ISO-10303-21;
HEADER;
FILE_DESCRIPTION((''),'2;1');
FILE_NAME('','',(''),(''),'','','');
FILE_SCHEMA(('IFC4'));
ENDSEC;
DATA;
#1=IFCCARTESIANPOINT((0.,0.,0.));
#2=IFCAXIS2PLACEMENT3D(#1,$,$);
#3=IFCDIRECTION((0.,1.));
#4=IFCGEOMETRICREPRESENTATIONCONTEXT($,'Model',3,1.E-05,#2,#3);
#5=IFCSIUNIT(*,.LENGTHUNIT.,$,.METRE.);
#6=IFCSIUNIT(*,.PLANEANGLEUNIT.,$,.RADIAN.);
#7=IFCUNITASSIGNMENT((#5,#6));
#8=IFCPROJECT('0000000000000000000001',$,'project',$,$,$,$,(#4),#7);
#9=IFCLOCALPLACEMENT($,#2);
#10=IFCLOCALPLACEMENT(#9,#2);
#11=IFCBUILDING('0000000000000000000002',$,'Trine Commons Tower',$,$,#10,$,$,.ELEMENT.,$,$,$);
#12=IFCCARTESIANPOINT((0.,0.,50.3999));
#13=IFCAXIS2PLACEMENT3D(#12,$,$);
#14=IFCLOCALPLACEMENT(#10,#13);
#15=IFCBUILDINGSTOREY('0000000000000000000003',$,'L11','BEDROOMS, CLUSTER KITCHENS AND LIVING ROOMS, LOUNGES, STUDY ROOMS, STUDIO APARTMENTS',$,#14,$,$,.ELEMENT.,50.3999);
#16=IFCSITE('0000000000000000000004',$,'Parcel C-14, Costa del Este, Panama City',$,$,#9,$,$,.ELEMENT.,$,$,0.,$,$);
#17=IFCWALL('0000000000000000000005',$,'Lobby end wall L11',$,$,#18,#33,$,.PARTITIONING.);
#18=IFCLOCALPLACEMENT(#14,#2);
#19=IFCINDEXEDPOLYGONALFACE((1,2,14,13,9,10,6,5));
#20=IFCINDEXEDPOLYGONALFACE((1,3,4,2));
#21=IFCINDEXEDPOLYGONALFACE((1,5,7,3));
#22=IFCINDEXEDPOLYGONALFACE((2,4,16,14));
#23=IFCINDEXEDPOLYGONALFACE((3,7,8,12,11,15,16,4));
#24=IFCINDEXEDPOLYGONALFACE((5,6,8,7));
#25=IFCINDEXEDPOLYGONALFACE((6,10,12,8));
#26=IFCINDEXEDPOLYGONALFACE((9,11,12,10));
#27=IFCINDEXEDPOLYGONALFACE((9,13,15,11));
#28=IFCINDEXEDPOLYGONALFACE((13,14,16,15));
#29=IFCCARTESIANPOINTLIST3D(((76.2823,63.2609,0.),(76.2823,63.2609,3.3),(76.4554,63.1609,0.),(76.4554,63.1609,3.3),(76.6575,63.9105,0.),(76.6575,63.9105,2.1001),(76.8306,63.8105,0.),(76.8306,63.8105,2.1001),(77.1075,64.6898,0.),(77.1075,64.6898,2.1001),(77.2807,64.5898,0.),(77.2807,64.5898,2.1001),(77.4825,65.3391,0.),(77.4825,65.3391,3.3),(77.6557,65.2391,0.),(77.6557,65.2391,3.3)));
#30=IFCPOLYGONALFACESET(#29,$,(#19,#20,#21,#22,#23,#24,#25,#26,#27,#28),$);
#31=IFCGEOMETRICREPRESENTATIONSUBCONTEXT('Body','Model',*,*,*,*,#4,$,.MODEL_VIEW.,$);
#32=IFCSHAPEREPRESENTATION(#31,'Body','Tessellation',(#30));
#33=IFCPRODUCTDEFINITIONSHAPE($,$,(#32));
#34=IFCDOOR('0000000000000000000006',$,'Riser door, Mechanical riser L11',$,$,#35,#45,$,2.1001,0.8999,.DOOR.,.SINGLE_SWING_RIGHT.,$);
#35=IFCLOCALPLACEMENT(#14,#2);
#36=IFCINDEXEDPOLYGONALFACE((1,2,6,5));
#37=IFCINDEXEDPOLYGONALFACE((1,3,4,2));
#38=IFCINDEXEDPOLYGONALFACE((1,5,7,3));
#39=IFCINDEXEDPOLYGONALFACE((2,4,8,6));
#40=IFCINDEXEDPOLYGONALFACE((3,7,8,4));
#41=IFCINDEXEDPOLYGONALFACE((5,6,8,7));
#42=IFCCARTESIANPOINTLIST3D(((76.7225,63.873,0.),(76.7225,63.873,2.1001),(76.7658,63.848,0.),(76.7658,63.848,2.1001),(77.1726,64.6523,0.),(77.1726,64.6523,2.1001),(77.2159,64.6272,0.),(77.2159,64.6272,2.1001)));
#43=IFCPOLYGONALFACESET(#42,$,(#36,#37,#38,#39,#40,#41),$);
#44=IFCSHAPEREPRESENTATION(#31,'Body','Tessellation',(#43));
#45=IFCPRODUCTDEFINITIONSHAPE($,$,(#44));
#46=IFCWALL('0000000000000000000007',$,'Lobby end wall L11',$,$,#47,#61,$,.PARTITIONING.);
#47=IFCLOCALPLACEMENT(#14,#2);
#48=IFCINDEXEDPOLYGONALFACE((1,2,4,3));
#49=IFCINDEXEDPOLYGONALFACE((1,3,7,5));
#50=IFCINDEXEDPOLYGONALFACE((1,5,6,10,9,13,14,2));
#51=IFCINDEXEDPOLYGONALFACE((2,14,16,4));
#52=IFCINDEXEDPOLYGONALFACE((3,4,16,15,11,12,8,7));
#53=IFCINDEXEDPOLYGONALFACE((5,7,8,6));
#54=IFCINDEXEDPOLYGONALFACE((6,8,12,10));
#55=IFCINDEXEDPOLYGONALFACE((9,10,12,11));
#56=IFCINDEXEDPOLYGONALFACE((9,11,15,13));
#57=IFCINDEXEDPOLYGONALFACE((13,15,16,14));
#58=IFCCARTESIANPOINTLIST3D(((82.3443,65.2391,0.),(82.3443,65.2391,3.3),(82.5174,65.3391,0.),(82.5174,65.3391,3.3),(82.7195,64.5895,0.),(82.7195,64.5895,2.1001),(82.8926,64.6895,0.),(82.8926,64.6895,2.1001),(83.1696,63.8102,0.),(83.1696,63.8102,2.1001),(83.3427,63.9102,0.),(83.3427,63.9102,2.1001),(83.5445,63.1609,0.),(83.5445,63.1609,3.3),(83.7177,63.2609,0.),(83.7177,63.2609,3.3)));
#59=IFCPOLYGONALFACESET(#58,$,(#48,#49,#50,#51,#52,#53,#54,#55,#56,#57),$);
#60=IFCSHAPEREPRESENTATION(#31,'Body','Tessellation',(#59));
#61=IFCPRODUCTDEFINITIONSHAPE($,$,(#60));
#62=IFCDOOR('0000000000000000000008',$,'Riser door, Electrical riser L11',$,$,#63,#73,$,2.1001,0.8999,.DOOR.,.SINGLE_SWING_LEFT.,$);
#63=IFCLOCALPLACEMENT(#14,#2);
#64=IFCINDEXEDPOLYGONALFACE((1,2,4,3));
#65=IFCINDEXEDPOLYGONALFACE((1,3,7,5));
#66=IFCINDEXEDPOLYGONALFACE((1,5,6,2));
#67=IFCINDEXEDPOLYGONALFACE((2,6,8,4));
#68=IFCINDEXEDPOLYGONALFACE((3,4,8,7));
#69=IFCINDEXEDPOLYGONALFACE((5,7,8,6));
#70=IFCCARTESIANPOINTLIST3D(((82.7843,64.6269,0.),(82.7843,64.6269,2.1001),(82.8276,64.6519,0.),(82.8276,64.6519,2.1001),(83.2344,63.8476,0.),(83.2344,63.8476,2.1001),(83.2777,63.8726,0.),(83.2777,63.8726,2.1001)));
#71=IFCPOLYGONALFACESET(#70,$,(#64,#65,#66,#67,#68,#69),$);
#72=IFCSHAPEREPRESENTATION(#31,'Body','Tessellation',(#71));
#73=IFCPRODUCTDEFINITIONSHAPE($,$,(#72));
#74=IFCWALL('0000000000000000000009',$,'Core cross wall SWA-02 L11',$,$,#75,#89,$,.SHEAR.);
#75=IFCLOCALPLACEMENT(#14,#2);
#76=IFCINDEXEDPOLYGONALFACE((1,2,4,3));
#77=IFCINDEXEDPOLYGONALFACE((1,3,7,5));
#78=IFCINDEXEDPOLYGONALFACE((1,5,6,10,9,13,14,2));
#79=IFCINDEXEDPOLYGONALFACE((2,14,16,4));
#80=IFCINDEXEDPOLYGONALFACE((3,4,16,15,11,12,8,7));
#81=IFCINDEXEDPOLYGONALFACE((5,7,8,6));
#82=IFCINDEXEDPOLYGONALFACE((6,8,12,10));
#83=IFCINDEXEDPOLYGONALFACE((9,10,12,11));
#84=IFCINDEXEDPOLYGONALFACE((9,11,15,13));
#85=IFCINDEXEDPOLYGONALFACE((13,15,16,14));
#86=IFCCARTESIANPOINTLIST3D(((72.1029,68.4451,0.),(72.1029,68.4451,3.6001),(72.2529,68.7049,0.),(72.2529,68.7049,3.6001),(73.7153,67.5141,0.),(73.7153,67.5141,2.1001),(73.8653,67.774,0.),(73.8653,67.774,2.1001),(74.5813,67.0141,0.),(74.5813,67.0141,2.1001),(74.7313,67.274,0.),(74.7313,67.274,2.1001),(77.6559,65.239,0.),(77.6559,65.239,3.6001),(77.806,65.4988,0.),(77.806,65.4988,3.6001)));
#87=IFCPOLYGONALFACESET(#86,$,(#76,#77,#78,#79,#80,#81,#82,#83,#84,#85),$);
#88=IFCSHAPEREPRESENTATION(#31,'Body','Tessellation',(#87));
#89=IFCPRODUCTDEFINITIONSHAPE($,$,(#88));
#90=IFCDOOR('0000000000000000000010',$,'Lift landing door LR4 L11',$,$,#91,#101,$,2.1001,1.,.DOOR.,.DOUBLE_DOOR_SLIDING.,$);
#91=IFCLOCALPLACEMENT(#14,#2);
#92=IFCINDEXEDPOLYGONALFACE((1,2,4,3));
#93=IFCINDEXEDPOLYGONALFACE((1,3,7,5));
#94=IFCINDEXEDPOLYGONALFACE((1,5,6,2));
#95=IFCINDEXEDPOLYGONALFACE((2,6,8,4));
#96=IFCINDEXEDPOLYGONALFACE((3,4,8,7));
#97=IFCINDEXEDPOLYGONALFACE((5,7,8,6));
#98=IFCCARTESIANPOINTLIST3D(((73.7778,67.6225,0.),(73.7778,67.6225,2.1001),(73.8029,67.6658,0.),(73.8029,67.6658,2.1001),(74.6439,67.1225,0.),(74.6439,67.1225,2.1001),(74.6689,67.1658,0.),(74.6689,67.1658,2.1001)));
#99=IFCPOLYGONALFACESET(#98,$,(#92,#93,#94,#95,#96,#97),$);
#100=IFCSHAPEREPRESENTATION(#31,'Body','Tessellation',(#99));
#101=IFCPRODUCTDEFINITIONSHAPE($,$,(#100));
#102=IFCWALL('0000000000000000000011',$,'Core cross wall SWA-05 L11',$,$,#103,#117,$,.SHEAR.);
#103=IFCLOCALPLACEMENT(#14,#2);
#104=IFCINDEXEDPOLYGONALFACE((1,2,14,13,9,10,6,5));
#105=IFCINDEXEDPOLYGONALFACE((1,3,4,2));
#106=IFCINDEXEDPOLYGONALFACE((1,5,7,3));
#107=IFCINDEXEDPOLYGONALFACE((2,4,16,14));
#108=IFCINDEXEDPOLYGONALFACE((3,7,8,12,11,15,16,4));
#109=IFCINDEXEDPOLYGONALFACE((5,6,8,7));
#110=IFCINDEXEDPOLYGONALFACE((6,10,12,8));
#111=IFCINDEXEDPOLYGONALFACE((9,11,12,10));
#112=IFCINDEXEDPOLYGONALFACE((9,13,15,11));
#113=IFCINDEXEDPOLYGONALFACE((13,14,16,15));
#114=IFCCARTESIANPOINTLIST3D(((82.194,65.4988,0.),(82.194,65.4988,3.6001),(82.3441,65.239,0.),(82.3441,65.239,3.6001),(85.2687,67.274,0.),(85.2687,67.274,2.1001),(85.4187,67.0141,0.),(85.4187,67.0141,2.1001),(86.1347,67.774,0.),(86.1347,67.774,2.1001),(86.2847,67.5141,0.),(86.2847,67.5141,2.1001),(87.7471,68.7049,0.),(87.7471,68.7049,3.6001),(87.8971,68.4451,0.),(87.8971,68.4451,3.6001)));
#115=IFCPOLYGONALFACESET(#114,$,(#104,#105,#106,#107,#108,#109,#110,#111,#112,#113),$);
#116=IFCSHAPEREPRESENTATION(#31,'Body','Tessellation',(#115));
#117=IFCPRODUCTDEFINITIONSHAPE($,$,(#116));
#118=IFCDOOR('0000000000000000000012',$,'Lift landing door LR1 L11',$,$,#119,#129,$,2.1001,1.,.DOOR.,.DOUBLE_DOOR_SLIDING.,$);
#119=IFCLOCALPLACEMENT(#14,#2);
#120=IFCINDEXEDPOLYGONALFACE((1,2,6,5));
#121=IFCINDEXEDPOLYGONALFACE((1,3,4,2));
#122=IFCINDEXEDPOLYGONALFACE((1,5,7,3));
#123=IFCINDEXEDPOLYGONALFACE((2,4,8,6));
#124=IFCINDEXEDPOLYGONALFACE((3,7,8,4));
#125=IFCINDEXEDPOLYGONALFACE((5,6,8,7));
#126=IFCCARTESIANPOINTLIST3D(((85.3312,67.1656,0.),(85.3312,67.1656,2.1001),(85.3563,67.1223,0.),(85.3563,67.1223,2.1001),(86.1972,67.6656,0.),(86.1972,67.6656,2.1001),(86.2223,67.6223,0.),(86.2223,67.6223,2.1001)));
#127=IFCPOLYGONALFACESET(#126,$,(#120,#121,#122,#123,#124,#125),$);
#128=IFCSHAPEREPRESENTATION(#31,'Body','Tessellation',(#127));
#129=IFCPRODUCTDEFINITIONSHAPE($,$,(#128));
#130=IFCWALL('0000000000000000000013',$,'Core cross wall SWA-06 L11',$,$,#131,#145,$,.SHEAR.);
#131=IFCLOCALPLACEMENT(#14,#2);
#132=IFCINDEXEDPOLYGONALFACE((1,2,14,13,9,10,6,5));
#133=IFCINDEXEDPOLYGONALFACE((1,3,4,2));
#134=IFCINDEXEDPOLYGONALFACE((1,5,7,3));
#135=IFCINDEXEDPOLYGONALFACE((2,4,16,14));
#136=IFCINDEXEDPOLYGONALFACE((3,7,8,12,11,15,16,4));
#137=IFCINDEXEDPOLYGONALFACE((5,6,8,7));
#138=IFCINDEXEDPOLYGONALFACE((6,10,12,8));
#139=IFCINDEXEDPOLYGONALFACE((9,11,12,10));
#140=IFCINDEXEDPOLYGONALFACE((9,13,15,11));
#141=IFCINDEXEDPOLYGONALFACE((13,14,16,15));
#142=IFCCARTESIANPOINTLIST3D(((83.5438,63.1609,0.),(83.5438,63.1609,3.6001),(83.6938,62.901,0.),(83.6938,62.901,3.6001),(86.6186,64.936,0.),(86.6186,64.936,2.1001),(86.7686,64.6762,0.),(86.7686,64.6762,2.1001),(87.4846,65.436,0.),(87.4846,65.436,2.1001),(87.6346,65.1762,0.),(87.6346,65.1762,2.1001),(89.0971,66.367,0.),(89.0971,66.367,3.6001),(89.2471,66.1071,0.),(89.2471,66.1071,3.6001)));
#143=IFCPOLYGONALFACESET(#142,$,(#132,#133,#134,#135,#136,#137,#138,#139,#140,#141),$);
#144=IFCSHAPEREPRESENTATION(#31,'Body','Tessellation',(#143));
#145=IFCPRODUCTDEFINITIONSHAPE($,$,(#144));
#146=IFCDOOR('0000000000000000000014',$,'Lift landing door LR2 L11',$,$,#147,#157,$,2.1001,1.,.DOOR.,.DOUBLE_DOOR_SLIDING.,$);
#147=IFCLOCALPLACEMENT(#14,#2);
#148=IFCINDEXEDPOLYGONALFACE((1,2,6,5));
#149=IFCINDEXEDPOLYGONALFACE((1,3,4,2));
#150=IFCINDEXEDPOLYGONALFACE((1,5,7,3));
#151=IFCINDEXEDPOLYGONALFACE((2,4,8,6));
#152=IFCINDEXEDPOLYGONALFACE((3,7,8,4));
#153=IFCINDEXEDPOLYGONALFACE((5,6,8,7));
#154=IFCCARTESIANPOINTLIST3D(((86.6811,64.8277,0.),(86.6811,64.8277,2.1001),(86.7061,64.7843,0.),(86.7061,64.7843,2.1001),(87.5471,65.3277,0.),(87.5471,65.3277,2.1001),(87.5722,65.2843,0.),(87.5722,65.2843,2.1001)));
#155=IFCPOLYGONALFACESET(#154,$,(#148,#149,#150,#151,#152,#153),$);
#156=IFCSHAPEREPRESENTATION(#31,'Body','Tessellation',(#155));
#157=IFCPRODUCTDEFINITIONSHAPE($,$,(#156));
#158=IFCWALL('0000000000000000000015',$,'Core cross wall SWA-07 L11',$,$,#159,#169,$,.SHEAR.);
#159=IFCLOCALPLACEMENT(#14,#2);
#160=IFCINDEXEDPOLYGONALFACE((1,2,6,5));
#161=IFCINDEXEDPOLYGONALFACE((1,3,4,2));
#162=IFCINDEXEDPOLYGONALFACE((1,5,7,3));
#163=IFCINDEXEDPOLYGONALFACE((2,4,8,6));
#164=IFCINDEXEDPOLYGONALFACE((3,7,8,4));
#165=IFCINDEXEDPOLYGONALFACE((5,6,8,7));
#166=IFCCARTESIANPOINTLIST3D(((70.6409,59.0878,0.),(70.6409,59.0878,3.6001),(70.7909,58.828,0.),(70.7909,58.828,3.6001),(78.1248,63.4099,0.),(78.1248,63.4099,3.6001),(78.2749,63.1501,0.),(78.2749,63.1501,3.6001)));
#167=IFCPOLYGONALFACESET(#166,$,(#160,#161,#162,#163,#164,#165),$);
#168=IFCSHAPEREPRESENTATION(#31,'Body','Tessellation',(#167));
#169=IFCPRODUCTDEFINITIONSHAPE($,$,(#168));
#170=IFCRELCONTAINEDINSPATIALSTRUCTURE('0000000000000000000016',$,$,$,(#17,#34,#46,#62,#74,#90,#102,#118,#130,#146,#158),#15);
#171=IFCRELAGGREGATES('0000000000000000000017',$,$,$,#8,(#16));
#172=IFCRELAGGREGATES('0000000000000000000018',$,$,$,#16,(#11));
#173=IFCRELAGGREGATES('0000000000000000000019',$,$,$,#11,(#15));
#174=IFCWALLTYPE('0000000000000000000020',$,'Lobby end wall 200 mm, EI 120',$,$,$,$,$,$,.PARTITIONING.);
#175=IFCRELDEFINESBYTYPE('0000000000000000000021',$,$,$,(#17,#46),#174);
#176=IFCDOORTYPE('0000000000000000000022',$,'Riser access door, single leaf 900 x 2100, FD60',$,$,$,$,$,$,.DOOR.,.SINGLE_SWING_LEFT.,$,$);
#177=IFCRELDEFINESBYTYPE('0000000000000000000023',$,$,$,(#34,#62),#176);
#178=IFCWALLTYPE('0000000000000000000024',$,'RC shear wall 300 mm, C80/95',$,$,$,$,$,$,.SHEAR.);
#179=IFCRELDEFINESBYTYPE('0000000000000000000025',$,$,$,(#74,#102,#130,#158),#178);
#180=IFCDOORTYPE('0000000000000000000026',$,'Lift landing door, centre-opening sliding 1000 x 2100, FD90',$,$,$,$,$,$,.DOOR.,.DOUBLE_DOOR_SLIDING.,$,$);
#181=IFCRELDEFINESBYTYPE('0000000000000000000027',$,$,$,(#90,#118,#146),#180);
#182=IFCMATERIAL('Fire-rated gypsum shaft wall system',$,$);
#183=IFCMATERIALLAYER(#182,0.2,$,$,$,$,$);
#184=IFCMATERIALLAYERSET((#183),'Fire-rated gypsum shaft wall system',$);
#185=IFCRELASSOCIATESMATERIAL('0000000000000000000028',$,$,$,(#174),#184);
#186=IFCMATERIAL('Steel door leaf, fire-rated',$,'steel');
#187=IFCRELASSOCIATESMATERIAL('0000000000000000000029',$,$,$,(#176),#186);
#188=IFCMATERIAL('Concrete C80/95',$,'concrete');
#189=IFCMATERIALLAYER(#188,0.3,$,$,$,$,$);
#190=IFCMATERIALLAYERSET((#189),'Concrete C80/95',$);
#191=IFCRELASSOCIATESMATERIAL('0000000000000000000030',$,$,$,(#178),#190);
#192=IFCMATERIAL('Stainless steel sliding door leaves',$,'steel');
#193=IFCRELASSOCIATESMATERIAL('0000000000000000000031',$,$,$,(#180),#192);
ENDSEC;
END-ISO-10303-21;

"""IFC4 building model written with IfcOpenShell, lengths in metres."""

from ifc_helpers import new_model, si_unit, direction, frame, frame_2d, origin, place, context, subcontext, project, spatial, rectangle, extrude, material, layer, layer_set, type_object, element, fill, save


model = new_model("IFC4")

# Units and contexts
model_context = context("Model", 3, precision=1e-05, world=origin(), true_north=direction((0.0, 1.0)))
body_context = subcontext(model_context, "Body", "Model", "MODEL_VIEW")
ifc_project = project(units=[si_unit("LENGTHUNIT", "METRE"), si_unit("PLANEANGLEUNIT", "RADIAN")], contexts=[model_context])

# Site, building, storey
site_placement = place(None, origin())
site = spatial("IfcSite", under=ifc_project, at=site_placement, Name="Parcel C-14, Costa del Este, Panama City", CompositionType="ELEMENT", RefElevation=0.0)
building_placement = place(site_placement, origin())
building = spatial("IfcBuilding", under=site, at=building_placement, Name="Trine Commons Tower", CompositionType="ELEMENT")
storey_placement = place(building_placement, frame((0.0, 0.0, 50.3999)))
storey = spatial("IfcBuildingStorey", under=building, at=storey_placement, Name="L11", Description="BEDROOMS, CLUSTER KITCHENS AND LIVING ROOMS, LOUNGES, STUDY ROOMS, STUDIO APARTMENTS", CompositionType="ELEMENT", Elevation=50.3999)

# Walls, openings, doors
ifc_material_1 = material(Name="Fire-rated gypsum shaft wall system")
ifc_layer_1 = layer(ifc_material_1, 0.2)
ifc_layer_set_1 = layer_set([ifc_layer_1], Name="Fire-rated gypsum shaft wall system")
wall_type_1 = type_object("IfcWallType", Name="Lobby end wall 200 mm, EI 120", PredefinedType="PARTITIONING", material=ifc_layer_set_1)
wall_1_placement = place(storey_placement, frame((77.5691, 65.2891, 0.0), z_axis=(0.0, 0.0, 1.0), x_axis=(-0.500122, -0.865955, 0.0)))
wall_1 = element("IfcWall", 1, at=wall_1_placement, inside=storey, type_object=wall_type_1, Name="Lobby end wall L11", PredefinedType="PARTITIONING", context=body_context, shape_type="SweptSolid", body=[
    extrude(rectangle(XDim=2.3999, YDim=0.2, at=frame_2d((1.2, 0.0))), origin(), (0.0, 0.0, 1.0), 3.3),
])
opening_1_placement = place(wall_1_placement, frame((0.7498, 0.0, 0.0)))
opening_1 = element("IfcOpeningElement", 2, at=opening_1_placement, cuts=wall_1, PredefinedType="OPENING", context=body_context, shape_type="SweptSolid", body=[
    extrude(rectangle(XDim=0.8999, YDim=2.1001, at=frame_2d((0.45, 1.05))), frame((0.0, 0.1099, 0.0), z_axis=(0.0, -1.0, 0.0), x_axis=(1.0, 0.0, 0.0)), (0.0, 0.0, 1.0), 0.22),
])
ifc_material_2 = material(Name="Steel door leaf, fire-rated", Category="steel")
door_type_1 = type_object("IfcDoorType", Name="Riser access door, single leaf 900 x 2100, FD60", OperationType="SINGLE_SWING_LEFT", PredefinedType="DOOR", material=ifc_material_2)
door_1_placement = place(opening_1_placement, frame((0.8999, 0.0, 0.0), z_axis=(0.0, 0.0, 1.0), x_axis=(-1.0, 0.0, 0.0)))
door_1 = element("IfcDoor", 3, at=door_1_placement, inside=storey, type_object=door_type_1, Name="Riser door, Mechanical riser L11", OperationType="SINGLE_SWING_RIGHT", OverallHeight=2.1001, OverallWidth=0.8999, PredefinedType="DOOR", context=body_context, shape_type="SweptSolid", body=[
    extrude(rectangle(XDim=0.8999, YDim=2.1001, at=frame_2d((0.45, 1.05))), frame((0.0, 0.0249, 0.0), z_axis=(0.0, -1.0, 0.0), x_axis=(1.0, 0.0, 0.0)), (0.0, 0.0, 1.0), 0.05),
])
fill(opening_1, door_1)
wall_2_placement = place(storey_placement, frame((83.6311, 63.2109, 0.0), z_axis=(0.0, 0.0, 1.0), x_axis=(-0.500122, 0.865955, 0.0)))
wall_2 = element("IfcWall", 4, at=wall_2_placement, inside=storey, type_object=wall_type_1, Name="Lobby end wall L11", PredefinedType="PARTITIONING", context=body_context, shape_type="SweptSolid", body=[
    extrude(rectangle(XDim=2.3999, YDim=0.2, at=frame_2d((1.2, 0.0))), origin(), (0.0, 0.0, 1.0), 3.3),
])
opening_2_placement = place(wall_2_placement, frame((0.7498, 0.0, 0.0)))
opening_2 = element("IfcOpeningElement", 5, at=opening_2_placement, cuts=wall_2, PredefinedType="OPENING", context=body_context, shape_type="SweptSolid", body=[
    extrude(rectangle(XDim=0.8999, YDim=2.1001, at=frame_2d((0.45, 1.05))), frame((0.0, 0.1099, 0.0), z_axis=(0.0, -1.0, 0.0), x_axis=(1.0, 0.0, 0.0)), (0.0, 0.0, 1.0), 0.22),
])
door_2_placement = place(opening_2_placement, frame((0.8999, 0.0, 0.0), z_axis=(0.0, 0.0, 1.0), x_axis=(-1.0, 0.0, 0.0)))
door_2 = element("IfcDoor", 6, at=door_2_placement, inside=storey, type_object=door_type_1, Name="Riser door, Electrical riser L11", OperationType="SINGLE_SWING_LEFT", OverallHeight=2.1001, OverallWidth=0.8999, PredefinedType="DOOR", context=body_context, shape_type="SweptSolid", body=[
    extrude(rectangle(XDim=0.8999, YDim=2.1001, at=frame_2d((0.45, 1.05))), frame((0.0, 0.0249, 0.0), z_axis=(0.0, -1.0, 0.0), x_axis=(1.0, 0.0, 0.0)), (0.0, 0.0, 1.0), 0.05),
])
fill(opening_2, door_2)
ifc_material_3 = material(Name="Concrete C80/95", Category="concrete")
ifc_layer_2 = layer(ifc_material_3, 0.3)
ifc_layer_set_2 = layer_set([ifc_layer_2], Name="Concrete C80/95")
wall_type_2 = type_object("IfcWallType", Name="RC shear wall 300 mm, C80/95", PredefinedType="SHEAR", material=ifc_layer_set_2)
wall_3_placement = place(storey_placement, frame((77.731, 65.3689, 0.0), z_axis=(0.0, 0.0, 1.0), x_axis=(-0.866023, 0.500005, 0.0)))
wall_3 = element("IfcWall", 7, at=wall_3_placement, inside=storey, type_object=wall_type_2, Name="Core cross wall SWA-02 L11", PredefinedType="SHEAR", context=body_context, shape_type="SweptSolid", body=[
    extrude(rectangle(XDim=6.4121, YDim=0.3, at=frame_2d((3.2061, 0.0))), origin(), (0.0, 0.0, 1.0), 3.6001),
])
opening_3_placement = place(wall_3_placement, frame((3.5503, 0.0, 0.0)))
opening_3 = element("IfcOpeningElement", 8, at=opening_3_placement, cuts=wall_3, PredefinedType="OPENING", context=body_context, shape_type="SweptSolid", body=[
    extrude(rectangle(XDim=1.0, YDim=2.1001, at=frame_2d((0.5, 1.05))), frame((0.0, 0.1599, 0.0), z_axis=(0.0, -1.0, 0.0), x_axis=(1.0, 0.0, 0.0)), (0.0, 0.0, 1.0), 0.3201),
])
ifc_material_4 = material(Name="Stainless steel sliding door leaves", Category="steel")
door_type_2 = type_object("IfcDoorType", Name="Lift landing door, centre-opening sliding 1000 x 2100, FD90", OperationType="DOUBLE_DOOR_SLIDING", PredefinedType="DOOR", material=ifc_material_4)
door_3_placement = place(opening_3_placement, origin())
door_3 = element("IfcDoor", 9, at=door_3_placement, inside=storey, type_object=door_type_2, Name="Lift landing door LR4 L11", OperationType="DOUBLE_DOOR_SLIDING", OverallHeight=2.1001, OverallWidth=1.0, PredefinedType="DOOR", context=body_context, shape_type="SweptSolid", body=[
    extrude(rectangle(XDim=1.0, YDim=2.1001, at=frame_2d((0.5, 1.05))), frame((0.0, 0.0249, 0.0), z_axis=(0.0, -1.0, 0.0), x_axis=(1.0, 0.0, 0.0)), (0.0, 0.0, 1.0), 0.05),
])
fill(opening_3, door_3)
wall_4_placement = place(storey_placement, frame((82.269, 65.3689, 0.0), z_axis=(0.0, 0.0, 1.0), x_axis=(0.866023, 0.500005, 0.0)))
wall_4 = element("IfcWall", 10, at=wall_4_placement, inside=storey, type_object=wall_type_2, Name="Core cross wall SWA-05 L11", PredefinedType="SHEAR", context=body_context, shape_type="SweptSolid", body=[
    extrude(rectangle(XDim=6.4121, YDim=0.3, at=frame_2d((3.2061, 0.0))), origin(), (0.0, 0.0, 1.0), 3.6001),
])
opening_4_placement = place(wall_4_placement, frame((3.5503, 0.0, 0.0)))
opening_4 = element("IfcOpeningElement", 11, at=opening_4_placement, cuts=wall_4, PredefinedType="OPENING", context=body_context, shape_type="SweptSolid", body=[
    extrude(rectangle(XDim=1.0, YDim=2.1001, at=frame_2d((0.5, 1.05))), frame((0.0, 0.1599, 0.0), z_axis=(0.0, -1.0, 0.0), x_axis=(1.0, 0.0, 0.0)), (0.0, 0.0, 1.0), 0.3201),
])
door_4_placement = place(opening_4_placement, origin())
door_4 = element("IfcDoor", 12, at=door_4_placement, inside=storey, type_object=door_type_2, Name="Lift landing door LR1 L11", OperationType="DOUBLE_DOOR_SLIDING", OverallHeight=2.1001, OverallWidth=1.0, PredefinedType="DOOR", context=body_context, shape_type="SweptSolid", body=[
    extrude(rectangle(XDim=1.0, YDim=2.1001, at=frame_2d((0.5, 1.05))), frame((0.0, 0.0249, 0.0), z_axis=(0.0, -1.0, 0.0), x_axis=(1.0, 0.0, 0.0)), (0.0, 0.0, 1.0), 0.05),
])
fill(opening_4, door_4)
wall_5_placement = place(storey_placement, frame((83.6189, 63.031, 0.0), z_axis=(0.0, 0.0, 1.0), x_axis=(0.866032, 0.499988, 0.0)))
wall_5 = element("IfcWall", 13, at=wall_5_placement, inside=storey, type_object=wall_type_2, Name="Core cross wall SWA-06 L11", PredefinedType="SHEAR", context=body_context, shape_type="SweptSolid", body=[
    extrude(rectangle(XDim=6.4124, YDim=0.3, at=frame_2d((3.2061, 0.0))), origin(), (0.0, 0.0, 1.0), 3.6001),
])
opening_5_placement = place(wall_5_placement, frame((3.5503, 0.0, 0.0)))
opening_5 = element("IfcOpeningElement", 14, at=opening_5_placement, cuts=wall_5, PredefinedType="OPENING", context=body_context, shape_type="SweptSolid", body=[
    extrude(rectangle(XDim=1.0, YDim=2.1001, at=frame_2d((0.5, 1.05))), frame((0.0, 0.1599, 0.0), z_axis=(0.0, -1.0, 0.0), x_axis=(1.0, 0.0, 0.0)), (0.0, 0.0, 1.0), 0.3201),
])
door_5_placement = place(opening_5_placement, origin())
door_5 = element("IfcDoor", 15, at=door_5_placement, inside=storey, type_object=door_type_2, Name="Lift landing door LR2 L11", OperationType="DOUBLE_DOOR_SLIDING", OverallHeight=2.1001, OverallWidth=1.0, PredefinedType="DOOR", context=body_context, shape_type="SweptSolid", body=[
    extrude(rectangle(XDim=1.0, YDim=2.1001, at=frame_2d((0.5, 1.05))), frame((0.0, 0.0249, 0.0), z_axis=(0.0, -1.0, 0.0), x_axis=(1.0, 0.0, 0.0)), (0.0, 0.0, 1.0), 0.05),
])
fill(opening_5, door_5)

# Wall
wall_6_placement = place(storey_placement, frame((78.2, 63.28, 0.0), z_axis=(0.0, 0.0, 1.0), x_axis=(-0.865965, -0.500104, 0.0)))
element("IfcWall", 16, at=wall_6_placement, inside=storey, type_object=wall_type_2, Name="Core cross wall SWA-07 L11", PredefinedType="SHEAR", context=body_context, shape_type="SweptSolid", body=[
    extrude(rectangle(XDim=8.6423, YDim=0.3, at=frame_2d((4.3213, 0.0))), origin(), (0.0, 0.0, 1.0), 3.6001),
])

save(model, "model.ifc")
